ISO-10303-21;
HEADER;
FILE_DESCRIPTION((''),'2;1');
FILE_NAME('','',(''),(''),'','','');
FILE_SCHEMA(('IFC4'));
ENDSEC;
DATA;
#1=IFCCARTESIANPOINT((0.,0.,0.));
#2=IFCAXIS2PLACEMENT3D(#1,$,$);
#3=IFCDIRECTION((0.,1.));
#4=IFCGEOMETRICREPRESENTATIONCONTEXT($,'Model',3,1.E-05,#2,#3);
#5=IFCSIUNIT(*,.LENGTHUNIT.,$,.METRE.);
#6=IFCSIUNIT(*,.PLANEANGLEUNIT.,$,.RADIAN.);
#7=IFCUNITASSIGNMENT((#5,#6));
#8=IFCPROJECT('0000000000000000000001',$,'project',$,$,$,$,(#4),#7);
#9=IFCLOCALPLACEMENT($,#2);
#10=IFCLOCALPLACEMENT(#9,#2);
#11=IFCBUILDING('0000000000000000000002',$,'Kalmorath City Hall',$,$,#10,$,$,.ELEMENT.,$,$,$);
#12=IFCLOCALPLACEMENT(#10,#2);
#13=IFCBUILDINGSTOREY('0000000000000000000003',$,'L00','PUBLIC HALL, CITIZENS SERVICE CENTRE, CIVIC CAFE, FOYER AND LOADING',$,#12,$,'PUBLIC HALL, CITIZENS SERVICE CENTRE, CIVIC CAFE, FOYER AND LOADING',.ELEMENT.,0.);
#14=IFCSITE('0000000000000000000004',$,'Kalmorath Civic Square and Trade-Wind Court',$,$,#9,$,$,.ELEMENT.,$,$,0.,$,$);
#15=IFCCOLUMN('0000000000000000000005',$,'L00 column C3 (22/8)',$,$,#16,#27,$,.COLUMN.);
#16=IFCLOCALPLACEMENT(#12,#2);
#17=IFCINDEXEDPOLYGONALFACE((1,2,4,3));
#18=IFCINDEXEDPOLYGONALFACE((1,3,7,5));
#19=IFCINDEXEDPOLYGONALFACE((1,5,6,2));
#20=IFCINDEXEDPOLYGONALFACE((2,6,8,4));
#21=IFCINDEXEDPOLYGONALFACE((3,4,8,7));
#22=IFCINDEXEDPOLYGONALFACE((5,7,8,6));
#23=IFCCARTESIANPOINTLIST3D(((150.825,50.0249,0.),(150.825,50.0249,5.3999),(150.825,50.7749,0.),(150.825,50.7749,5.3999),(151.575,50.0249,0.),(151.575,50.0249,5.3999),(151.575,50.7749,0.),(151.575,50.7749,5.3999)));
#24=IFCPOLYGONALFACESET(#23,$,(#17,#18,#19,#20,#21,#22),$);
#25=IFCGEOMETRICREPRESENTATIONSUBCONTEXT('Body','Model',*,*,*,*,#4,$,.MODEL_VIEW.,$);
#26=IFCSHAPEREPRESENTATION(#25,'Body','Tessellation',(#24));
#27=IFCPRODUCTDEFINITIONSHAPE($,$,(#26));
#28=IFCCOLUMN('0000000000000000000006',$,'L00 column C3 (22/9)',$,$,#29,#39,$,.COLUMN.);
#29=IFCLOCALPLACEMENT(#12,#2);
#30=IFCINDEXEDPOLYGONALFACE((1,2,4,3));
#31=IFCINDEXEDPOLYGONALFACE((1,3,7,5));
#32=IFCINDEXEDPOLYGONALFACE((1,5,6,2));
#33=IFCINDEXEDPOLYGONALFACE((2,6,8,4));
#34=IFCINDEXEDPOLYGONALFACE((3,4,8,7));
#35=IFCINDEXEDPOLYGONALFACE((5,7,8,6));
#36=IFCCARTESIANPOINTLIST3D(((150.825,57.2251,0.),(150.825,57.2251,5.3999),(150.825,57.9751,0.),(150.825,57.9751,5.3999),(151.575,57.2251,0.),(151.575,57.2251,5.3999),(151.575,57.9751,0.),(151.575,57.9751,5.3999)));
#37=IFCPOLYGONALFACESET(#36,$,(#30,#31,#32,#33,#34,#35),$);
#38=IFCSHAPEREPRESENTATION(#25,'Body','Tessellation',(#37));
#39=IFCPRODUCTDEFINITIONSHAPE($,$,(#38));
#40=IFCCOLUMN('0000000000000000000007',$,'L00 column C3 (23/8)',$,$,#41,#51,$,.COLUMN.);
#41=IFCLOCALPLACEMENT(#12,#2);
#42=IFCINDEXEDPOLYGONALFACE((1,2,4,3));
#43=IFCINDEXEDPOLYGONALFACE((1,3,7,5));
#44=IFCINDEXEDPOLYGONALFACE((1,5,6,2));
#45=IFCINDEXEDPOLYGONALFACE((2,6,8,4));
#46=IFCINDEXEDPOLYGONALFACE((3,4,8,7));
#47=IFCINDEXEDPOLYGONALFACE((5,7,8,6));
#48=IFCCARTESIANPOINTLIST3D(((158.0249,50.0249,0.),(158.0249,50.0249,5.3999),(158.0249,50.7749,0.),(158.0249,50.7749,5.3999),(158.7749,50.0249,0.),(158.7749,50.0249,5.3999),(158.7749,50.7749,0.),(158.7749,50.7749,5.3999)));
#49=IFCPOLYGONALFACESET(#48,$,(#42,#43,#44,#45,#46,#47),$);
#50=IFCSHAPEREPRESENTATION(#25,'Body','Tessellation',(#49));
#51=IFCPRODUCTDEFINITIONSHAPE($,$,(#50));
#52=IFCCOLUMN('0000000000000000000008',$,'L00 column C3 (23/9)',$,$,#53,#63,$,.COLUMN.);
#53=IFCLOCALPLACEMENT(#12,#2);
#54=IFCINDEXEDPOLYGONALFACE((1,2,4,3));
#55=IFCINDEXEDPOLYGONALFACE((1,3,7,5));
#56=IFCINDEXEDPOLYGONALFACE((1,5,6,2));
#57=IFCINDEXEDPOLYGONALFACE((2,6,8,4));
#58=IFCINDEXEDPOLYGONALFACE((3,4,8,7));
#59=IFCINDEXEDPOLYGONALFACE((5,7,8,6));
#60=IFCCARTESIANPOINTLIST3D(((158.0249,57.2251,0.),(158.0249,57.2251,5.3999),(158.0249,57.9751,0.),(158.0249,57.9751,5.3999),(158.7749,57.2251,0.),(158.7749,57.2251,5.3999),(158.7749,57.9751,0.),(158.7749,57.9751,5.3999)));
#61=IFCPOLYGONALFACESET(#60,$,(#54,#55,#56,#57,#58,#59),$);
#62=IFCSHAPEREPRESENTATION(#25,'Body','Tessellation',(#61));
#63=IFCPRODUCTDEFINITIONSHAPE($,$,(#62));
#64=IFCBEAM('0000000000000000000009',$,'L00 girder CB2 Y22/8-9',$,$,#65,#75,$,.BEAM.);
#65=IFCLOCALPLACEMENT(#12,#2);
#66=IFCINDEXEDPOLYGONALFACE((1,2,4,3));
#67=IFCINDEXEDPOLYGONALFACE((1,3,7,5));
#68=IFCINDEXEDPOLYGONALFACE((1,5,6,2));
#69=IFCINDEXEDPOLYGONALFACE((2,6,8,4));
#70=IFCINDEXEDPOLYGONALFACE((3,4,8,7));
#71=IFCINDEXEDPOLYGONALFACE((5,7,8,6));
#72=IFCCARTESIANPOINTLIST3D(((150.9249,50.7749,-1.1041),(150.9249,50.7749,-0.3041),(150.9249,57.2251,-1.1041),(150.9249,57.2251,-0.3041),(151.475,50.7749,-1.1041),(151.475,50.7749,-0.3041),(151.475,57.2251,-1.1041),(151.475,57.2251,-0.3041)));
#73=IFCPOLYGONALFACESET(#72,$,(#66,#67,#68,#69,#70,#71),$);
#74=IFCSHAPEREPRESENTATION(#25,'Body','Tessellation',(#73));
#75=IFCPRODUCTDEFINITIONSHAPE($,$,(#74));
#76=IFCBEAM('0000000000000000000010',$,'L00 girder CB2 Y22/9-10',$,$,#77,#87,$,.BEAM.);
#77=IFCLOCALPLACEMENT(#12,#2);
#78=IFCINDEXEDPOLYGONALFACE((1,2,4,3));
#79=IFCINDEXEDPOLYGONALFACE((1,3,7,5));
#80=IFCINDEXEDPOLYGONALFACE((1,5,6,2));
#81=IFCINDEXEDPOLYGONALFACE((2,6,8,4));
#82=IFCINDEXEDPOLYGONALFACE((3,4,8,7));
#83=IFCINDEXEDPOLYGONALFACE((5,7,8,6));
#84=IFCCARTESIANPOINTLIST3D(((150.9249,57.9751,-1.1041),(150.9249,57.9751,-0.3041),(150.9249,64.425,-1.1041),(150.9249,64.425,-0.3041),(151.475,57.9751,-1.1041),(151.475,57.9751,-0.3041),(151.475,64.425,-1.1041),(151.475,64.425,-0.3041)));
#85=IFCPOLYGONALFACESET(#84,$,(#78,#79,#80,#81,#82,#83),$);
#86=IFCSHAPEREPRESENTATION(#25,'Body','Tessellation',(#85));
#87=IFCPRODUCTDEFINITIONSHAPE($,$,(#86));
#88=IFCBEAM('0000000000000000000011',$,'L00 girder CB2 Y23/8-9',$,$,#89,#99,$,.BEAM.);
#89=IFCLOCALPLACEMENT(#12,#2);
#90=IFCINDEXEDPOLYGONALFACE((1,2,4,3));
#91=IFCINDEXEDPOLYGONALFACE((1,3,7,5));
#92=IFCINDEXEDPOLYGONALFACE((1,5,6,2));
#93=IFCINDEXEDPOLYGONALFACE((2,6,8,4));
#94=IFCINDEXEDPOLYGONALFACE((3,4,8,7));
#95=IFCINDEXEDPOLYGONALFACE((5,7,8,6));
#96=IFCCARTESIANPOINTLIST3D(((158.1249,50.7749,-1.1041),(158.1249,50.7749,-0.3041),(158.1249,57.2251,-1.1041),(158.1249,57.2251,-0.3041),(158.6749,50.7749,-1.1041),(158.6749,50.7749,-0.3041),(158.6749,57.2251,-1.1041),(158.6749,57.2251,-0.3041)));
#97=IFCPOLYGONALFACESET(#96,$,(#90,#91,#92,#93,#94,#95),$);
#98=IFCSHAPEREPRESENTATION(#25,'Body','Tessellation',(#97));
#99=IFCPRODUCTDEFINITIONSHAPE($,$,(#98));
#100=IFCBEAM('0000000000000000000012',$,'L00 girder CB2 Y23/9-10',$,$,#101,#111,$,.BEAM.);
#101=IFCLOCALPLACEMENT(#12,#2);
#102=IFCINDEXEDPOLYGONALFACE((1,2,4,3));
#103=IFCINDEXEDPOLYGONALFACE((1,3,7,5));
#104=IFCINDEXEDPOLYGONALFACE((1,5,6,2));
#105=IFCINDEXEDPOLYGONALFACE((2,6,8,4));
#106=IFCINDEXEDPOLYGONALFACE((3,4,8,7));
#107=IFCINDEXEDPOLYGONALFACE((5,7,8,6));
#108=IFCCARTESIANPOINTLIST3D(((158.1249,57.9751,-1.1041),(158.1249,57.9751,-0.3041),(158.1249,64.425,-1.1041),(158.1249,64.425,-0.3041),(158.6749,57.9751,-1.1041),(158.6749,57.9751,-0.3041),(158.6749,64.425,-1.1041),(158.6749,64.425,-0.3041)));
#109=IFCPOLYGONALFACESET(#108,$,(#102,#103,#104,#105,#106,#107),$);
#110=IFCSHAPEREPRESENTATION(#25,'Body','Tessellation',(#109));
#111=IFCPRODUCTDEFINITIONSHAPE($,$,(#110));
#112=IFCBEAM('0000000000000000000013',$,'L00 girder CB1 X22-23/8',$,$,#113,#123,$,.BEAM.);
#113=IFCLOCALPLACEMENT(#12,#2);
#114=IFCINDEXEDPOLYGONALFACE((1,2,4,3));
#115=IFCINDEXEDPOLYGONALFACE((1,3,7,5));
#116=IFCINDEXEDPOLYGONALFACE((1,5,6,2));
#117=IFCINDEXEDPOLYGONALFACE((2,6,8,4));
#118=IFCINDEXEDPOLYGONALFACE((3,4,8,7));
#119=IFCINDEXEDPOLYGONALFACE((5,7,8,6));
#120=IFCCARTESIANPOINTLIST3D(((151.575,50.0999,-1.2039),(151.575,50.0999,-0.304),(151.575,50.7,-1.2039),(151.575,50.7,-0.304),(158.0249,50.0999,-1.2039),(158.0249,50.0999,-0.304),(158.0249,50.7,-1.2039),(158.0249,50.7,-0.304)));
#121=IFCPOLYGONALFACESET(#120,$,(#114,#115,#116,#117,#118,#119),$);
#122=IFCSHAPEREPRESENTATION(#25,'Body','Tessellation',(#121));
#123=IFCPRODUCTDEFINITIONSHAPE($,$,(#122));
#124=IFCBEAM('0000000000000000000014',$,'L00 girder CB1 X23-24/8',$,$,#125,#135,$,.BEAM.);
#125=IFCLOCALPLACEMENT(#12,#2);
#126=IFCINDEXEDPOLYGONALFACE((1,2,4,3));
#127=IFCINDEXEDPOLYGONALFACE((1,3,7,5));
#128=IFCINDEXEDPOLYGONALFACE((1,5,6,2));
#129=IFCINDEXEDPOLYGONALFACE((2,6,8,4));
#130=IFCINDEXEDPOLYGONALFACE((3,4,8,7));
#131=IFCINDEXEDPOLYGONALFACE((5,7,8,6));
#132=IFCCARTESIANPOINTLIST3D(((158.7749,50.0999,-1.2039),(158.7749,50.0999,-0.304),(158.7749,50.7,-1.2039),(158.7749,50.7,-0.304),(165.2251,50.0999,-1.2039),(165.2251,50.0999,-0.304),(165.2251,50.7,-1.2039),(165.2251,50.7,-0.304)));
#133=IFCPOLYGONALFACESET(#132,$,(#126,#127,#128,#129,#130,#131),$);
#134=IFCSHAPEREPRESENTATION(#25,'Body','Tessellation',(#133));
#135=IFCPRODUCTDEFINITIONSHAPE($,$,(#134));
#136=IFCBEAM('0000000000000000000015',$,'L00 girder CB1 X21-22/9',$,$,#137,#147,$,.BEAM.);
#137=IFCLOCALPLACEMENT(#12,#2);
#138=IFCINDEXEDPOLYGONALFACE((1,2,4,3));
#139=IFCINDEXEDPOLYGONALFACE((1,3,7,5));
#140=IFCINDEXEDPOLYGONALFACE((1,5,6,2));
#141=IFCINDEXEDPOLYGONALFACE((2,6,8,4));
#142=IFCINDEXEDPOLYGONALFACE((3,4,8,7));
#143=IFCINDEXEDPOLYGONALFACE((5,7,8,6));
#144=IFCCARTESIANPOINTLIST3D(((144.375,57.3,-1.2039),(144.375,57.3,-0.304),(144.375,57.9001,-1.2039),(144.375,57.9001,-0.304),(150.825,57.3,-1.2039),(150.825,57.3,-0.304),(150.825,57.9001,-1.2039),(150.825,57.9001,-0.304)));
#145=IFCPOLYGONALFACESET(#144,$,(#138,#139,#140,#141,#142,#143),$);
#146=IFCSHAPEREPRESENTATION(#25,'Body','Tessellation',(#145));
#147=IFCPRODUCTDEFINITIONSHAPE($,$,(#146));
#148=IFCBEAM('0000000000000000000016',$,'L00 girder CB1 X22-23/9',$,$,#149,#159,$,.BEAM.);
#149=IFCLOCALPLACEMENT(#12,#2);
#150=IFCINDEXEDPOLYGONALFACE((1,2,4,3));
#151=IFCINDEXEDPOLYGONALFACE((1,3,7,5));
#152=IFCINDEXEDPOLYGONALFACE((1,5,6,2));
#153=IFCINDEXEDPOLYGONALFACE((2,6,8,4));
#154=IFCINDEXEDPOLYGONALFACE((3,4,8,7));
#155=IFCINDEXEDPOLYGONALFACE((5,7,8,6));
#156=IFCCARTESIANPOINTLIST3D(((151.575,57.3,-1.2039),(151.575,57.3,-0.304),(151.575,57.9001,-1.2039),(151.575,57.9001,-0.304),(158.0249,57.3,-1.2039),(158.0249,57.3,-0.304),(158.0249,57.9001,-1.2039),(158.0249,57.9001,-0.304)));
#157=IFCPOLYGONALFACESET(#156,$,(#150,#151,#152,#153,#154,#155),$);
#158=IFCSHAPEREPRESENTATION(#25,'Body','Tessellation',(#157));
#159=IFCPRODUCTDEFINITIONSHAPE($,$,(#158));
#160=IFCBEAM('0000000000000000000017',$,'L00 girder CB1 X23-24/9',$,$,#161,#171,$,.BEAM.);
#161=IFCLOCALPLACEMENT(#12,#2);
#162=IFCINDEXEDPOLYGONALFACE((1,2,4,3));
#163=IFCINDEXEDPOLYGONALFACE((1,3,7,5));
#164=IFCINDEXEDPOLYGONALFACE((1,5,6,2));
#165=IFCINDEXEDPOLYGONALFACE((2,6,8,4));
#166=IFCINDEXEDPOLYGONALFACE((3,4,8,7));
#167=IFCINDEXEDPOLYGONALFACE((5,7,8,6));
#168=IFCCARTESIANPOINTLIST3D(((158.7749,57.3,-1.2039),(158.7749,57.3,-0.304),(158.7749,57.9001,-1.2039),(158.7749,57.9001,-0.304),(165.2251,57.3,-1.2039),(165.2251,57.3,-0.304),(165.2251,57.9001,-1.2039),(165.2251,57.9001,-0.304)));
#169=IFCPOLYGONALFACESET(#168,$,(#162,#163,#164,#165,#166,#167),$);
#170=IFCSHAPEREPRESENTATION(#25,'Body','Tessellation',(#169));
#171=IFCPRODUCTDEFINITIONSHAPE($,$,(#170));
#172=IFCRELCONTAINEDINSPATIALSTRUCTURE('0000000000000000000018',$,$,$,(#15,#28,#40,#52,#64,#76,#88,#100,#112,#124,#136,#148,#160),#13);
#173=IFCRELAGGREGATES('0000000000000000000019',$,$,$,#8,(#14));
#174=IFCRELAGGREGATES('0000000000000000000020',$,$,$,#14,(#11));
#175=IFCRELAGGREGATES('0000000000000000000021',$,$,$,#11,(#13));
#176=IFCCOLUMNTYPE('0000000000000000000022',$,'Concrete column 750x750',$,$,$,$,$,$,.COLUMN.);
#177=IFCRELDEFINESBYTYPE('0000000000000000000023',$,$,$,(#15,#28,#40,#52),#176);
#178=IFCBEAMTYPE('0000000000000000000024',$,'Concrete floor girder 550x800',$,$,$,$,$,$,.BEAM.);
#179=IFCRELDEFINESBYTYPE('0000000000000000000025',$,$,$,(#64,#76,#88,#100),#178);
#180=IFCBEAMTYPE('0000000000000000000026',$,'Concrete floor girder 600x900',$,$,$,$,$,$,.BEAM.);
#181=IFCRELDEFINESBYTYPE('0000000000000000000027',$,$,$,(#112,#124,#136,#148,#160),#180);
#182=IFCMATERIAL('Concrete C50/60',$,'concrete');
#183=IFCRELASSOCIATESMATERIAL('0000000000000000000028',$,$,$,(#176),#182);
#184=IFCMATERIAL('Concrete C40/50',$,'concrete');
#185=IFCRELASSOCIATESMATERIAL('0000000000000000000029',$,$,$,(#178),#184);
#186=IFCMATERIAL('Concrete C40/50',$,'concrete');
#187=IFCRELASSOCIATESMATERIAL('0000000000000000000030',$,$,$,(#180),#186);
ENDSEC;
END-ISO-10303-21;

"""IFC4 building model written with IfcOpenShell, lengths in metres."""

from ifc_helpers import new_model, si_unit, direction, frame, origin, origin_2d, place, context, subcontext, project, spatial, rectangle, extrude, material, material_profile, profile_set, type_object, element, save


model = new_model("IFC4")

# Units and contexts
model_context = context("Model", 3, precision=1e-05, world=origin(), true_north=direction((0.0, 1.0)))
body_context = subcontext(model_context, "Body", "Model", "MODEL_VIEW")
ifc_project = project(units=[si_unit("LENGTHUNIT", "METRE"), si_unit("PLANEANGLEUNIT", "RADIAN")], contexts=[model_context])

# Site, building, storey
site_placement = place(None, origin())
site = spatial("IfcSite", under=ifc_project, at=site_placement, Name="Kalmorath Civic Square and Trade-Wind Court", CompositionType="ELEMENT", RefElevation=0.0)
building_placement = place(site_placement, origin())
building = spatial("IfcBuilding", under=site, at=building_placement, Name="Kalmorath City Hall", CompositionType="ELEMENT")
storey_placement = place(building_placement, origin())
storey = spatial("IfcBuildingStorey", under=building, at=storey_placement, Name="L00", Description="PUBLIC HALL, CITIZENS SERVICE CENTRE, CIVIC CAFE, FOYER AND LOADING", LongName="PUBLIC HALL, CITIZENS SERVICE CENTRE, CIVIC CAFE, FOYER AND LOADING", CompositionType="ELEMENT", Elevation=0.0)

# Columns
ifc_material_1 = material(Name="Concrete C50/60", Category="concrete")
ifc_material_profile_1 = material_profile(ifc_material_1, rectangle(XDim=0.75, YDim=0.75, at=origin_2d()), Name="RC-COL-750X750")
ifc_profile_set_1 = profile_set([ifc_material_profile_1], Name="Concrete C50/60")
column_type = type_object("IfcColumnType", Name="Concrete column 750x750", PredefinedType="COLUMN", material=ifc_profile_set_1)
for number, where, z_axis, x_axis, name in (
    (1, (151.2, 50.3999, 0.0), (0.0, 0.0, 1.0), (1.0, 0.0, 0.0), "L00 column C3 (22/8)"),
    (2, (151.2, 57.6001, 0.0), (0.0, 0.0, 1.0), (1.0, 0.0, 0.0), "L00 column C3 (22/9)"),
    (3, (158.3999, 50.3999, 0.0), (0.0, 0.0, 1.0), (1.0, 0.0, 0.0), "L00 column C3 (23/8)"),
    (4, (158.3999, 57.6001, 0.0), (0.0, 0.0, 1.0), (1.0, 0.0, 0.0), "L00 column C3 (23/9)"),
):
    element("IfcColumn", number, at=place(storey_placement, frame(where, z_axis=z_axis, x_axis=x_axis)), inside=storey, type_object=column_type, Name=name, PredefinedType="COLUMN", context=body_context, shape_type="SweptSolid", body=[
        extrude(rectangle(XDim=0.75, YDim=0.75, at=origin_2d()), origin(), (0.0, 0.0, 1.0), 5.3999),
    ])

# Beams
ifc_material_2 = material(Name="Concrete C40/50", Category="concrete")
ifc_material_profile_2 = material_profile(ifc_material_2, rectangle(XDim=0.55, YDim=0.8, at=origin_2d()), Name="RC-BM-550X800")
ifc_profile_set_2 = profile_set([ifc_material_profile_2], Name="Concrete C40/50")
beam_type_1 = type_object("IfcBeamType", Name="Concrete floor girder 550x800", PredefinedType="BEAM", material=ifc_profile_set_2)
beam_1_placement = place(storey_placement, frame((151.2, 50.7749, -0.7041), z_axis=(0.0, 1.0, 0.0), x_axis=(-1.0, 0.0, 0.0)))
element("IfcBeam", 5, at=beam_1_placement, inside=storey, type_object=beam_type_1, Name="L00 girder CB2 Y22/8-9", PredefinedType="BEAM", context=body_context, shape_type="SweptSolid", body=[
    extrude(rectangle(XDim=0.55, YDim=0.8, at=origin_2d()), origin(), (0.0, 0.0, 1.0), 6.4502),
])
beam_2_placement = place(storey_placement, frame((151.2, 57.9751, -0.7041), z_axis=(0.0, 1.0, 0.0), x_axis=(-1.0, 0.0, 0.0)))
element("IfcBeam", 6, at=beam_2_placement, inside=storey, type_object=beam_type_1, Name="L00 girder CB2 Y22/9-10", PredefinedType="BEAM", context=body_context, shape_type="SweptSolid", body=[
    extrude(rectangle(XDim=0.55, YDim=0.8, at=origin_2d()), origin(), (0.0, 0.0, 1.0), 6.45),
])
beam_3_placement = place(storey_placement, frame((158.3999, 50.7749, -0.7041), z_axis=(0.0, 1.0, 0.0), x_axis=(-1.0, 0.0, 0.0)))
element("IfcBeam", 7, at=beam_3_placement, inside=storey, type_object=beam_type_1, Name="L00 girder CB2 Y23/8-9", PredefinedType="BEAM", context=body_context, shape_type="SweptSolid", body=[
    extrude(rectangle(XDim=0.55, YDim=0.8, at=origin_2d()), origin(), (0.0, 0.0, 1.0), 6.4502),
])
beam_4_placement = place(storey_placement, frame((158.3999, 57.9751, -0.7041), z_axis=(0.0, 1.0, 0.0), x_axis=(-1.0, 0.0, 0.0)))
element("IfcBeam", 8, at=beam_4_placement, inside=storey, type_object=beam_type_1, Name="L00 girder CB2 Y23/9-10", PredefinedType="BEAM", context=body_context, shape_type="SweptSolid", body=[
    extrude(rectangle(XDim=0.55, YDim=0.8, at=origin_2d()), origin(), (0.0, 0.0, 1.0), 6.45),
])
ifc_material_3 = material(Name="Concrete C40/50", Category="concrete")
ifc_material_profile_3 = material_profile(ifc_material_3, rectangle(XDim=0.6001, YDim=0.8999, at=origin_2d()), Name="RC-BM-600X900")
ifc_profile_set_3 = profile_set([ifc_material_profile_3], Name="Concrete C40/50")
beam_type_2 = type_object("IfcBeamType", Name="Concrete floor girder 600x900", PredefinedType="BEAM", material=ifc_profile_set_3)
beam_5_placement = place(storey_placement, frame((151.575, 50.3999, -0.7539), z_axis=(1.0, 0.0, 0.0), x_axis=(0.0, 1.0, 0.0)))
element("IfcBeam", 9, at=beam_5_placement, inside=storey, type_object=beam_type_2, Name="L00 girder CB1 X22-23/8", PredefinedType="BEAM", context=body_context, shape_type="SweptSolid", body=[
    extrude(rectangle(XDim=0.6001, YDim=0.8999, at=origin_2d()), origin(), (0.0, 0.0, 1.0), 6.45),
])
beam_6_placement = place(storey_placement, frame((158.7749, 50.3999, -0.7539), z_axis=(1.0, 0.0, 0.0), x_axis=(0.0, 1.0, 0.0)))
element("IfcBeam", 10, at=beam_6_placement, inside=storey, type_object=beam_type_2, Name="L00 girder CB1 X23-24/8", PredefinedType="BEAM", context=body_context, shape_type="SweptSolid", body=[
    extrude(rectangle(XDim=0.6001, YDim=0.8999, at=origin_2d()), origin(), (0.0, 0.0, 1.0), 6.4502),
])
for number, where, z_axis, x_axis, name in (
    (11, (144.375, 57.6001, -0.7539), (1.0, 0.0, 0.0), (0.0, 1.0, 0.0), "L00 girder CB1 X21-22/9"),
    (12, (151.575, 57.6001, -0.7539), (1.0, 0.0, 0.0), (0.0, 1.0, 0.0), "L00 girder CB1 X22-23/9"),
):
    element("IfcBeam", number, at=place(storey_placement, frame(where, z_axis=z_axis, x_axis=x_axis)), inside=storey, type_object=beam_type_2, Name=name, PredefinedType="BEAM", context=body_context, shape_type="SweptSolid", body=[
        extrude(rectangle(XDim=0.6001, YDim=0.8999, at=origin_2d()), origin(), (0.0, 0.0, 1.0), 6.45),
    ])
beam_7_placement = place(storey_placement, frame((158.7749, 57.6001, -0.7539), z_axis=(1.0, 0.0, 0.0), x_axis=(0.0, 1.0, 0.0)))
element("IfcBeam", 13, at=beam_7_placement, inside=storey, type_object=beam_type_2, Name="L00 girder CB1 X23-24/9", PredefinedType="BEAM", context=body_context, shape_type="SweptSolid", body=[
    extrude(rectangle(XDim=0.6001, YDim=0.8999, at=origin_2d()), origin(), (0.0, 0.0, 1.0), 6.4502),
])

save(model, "model.ifc")
